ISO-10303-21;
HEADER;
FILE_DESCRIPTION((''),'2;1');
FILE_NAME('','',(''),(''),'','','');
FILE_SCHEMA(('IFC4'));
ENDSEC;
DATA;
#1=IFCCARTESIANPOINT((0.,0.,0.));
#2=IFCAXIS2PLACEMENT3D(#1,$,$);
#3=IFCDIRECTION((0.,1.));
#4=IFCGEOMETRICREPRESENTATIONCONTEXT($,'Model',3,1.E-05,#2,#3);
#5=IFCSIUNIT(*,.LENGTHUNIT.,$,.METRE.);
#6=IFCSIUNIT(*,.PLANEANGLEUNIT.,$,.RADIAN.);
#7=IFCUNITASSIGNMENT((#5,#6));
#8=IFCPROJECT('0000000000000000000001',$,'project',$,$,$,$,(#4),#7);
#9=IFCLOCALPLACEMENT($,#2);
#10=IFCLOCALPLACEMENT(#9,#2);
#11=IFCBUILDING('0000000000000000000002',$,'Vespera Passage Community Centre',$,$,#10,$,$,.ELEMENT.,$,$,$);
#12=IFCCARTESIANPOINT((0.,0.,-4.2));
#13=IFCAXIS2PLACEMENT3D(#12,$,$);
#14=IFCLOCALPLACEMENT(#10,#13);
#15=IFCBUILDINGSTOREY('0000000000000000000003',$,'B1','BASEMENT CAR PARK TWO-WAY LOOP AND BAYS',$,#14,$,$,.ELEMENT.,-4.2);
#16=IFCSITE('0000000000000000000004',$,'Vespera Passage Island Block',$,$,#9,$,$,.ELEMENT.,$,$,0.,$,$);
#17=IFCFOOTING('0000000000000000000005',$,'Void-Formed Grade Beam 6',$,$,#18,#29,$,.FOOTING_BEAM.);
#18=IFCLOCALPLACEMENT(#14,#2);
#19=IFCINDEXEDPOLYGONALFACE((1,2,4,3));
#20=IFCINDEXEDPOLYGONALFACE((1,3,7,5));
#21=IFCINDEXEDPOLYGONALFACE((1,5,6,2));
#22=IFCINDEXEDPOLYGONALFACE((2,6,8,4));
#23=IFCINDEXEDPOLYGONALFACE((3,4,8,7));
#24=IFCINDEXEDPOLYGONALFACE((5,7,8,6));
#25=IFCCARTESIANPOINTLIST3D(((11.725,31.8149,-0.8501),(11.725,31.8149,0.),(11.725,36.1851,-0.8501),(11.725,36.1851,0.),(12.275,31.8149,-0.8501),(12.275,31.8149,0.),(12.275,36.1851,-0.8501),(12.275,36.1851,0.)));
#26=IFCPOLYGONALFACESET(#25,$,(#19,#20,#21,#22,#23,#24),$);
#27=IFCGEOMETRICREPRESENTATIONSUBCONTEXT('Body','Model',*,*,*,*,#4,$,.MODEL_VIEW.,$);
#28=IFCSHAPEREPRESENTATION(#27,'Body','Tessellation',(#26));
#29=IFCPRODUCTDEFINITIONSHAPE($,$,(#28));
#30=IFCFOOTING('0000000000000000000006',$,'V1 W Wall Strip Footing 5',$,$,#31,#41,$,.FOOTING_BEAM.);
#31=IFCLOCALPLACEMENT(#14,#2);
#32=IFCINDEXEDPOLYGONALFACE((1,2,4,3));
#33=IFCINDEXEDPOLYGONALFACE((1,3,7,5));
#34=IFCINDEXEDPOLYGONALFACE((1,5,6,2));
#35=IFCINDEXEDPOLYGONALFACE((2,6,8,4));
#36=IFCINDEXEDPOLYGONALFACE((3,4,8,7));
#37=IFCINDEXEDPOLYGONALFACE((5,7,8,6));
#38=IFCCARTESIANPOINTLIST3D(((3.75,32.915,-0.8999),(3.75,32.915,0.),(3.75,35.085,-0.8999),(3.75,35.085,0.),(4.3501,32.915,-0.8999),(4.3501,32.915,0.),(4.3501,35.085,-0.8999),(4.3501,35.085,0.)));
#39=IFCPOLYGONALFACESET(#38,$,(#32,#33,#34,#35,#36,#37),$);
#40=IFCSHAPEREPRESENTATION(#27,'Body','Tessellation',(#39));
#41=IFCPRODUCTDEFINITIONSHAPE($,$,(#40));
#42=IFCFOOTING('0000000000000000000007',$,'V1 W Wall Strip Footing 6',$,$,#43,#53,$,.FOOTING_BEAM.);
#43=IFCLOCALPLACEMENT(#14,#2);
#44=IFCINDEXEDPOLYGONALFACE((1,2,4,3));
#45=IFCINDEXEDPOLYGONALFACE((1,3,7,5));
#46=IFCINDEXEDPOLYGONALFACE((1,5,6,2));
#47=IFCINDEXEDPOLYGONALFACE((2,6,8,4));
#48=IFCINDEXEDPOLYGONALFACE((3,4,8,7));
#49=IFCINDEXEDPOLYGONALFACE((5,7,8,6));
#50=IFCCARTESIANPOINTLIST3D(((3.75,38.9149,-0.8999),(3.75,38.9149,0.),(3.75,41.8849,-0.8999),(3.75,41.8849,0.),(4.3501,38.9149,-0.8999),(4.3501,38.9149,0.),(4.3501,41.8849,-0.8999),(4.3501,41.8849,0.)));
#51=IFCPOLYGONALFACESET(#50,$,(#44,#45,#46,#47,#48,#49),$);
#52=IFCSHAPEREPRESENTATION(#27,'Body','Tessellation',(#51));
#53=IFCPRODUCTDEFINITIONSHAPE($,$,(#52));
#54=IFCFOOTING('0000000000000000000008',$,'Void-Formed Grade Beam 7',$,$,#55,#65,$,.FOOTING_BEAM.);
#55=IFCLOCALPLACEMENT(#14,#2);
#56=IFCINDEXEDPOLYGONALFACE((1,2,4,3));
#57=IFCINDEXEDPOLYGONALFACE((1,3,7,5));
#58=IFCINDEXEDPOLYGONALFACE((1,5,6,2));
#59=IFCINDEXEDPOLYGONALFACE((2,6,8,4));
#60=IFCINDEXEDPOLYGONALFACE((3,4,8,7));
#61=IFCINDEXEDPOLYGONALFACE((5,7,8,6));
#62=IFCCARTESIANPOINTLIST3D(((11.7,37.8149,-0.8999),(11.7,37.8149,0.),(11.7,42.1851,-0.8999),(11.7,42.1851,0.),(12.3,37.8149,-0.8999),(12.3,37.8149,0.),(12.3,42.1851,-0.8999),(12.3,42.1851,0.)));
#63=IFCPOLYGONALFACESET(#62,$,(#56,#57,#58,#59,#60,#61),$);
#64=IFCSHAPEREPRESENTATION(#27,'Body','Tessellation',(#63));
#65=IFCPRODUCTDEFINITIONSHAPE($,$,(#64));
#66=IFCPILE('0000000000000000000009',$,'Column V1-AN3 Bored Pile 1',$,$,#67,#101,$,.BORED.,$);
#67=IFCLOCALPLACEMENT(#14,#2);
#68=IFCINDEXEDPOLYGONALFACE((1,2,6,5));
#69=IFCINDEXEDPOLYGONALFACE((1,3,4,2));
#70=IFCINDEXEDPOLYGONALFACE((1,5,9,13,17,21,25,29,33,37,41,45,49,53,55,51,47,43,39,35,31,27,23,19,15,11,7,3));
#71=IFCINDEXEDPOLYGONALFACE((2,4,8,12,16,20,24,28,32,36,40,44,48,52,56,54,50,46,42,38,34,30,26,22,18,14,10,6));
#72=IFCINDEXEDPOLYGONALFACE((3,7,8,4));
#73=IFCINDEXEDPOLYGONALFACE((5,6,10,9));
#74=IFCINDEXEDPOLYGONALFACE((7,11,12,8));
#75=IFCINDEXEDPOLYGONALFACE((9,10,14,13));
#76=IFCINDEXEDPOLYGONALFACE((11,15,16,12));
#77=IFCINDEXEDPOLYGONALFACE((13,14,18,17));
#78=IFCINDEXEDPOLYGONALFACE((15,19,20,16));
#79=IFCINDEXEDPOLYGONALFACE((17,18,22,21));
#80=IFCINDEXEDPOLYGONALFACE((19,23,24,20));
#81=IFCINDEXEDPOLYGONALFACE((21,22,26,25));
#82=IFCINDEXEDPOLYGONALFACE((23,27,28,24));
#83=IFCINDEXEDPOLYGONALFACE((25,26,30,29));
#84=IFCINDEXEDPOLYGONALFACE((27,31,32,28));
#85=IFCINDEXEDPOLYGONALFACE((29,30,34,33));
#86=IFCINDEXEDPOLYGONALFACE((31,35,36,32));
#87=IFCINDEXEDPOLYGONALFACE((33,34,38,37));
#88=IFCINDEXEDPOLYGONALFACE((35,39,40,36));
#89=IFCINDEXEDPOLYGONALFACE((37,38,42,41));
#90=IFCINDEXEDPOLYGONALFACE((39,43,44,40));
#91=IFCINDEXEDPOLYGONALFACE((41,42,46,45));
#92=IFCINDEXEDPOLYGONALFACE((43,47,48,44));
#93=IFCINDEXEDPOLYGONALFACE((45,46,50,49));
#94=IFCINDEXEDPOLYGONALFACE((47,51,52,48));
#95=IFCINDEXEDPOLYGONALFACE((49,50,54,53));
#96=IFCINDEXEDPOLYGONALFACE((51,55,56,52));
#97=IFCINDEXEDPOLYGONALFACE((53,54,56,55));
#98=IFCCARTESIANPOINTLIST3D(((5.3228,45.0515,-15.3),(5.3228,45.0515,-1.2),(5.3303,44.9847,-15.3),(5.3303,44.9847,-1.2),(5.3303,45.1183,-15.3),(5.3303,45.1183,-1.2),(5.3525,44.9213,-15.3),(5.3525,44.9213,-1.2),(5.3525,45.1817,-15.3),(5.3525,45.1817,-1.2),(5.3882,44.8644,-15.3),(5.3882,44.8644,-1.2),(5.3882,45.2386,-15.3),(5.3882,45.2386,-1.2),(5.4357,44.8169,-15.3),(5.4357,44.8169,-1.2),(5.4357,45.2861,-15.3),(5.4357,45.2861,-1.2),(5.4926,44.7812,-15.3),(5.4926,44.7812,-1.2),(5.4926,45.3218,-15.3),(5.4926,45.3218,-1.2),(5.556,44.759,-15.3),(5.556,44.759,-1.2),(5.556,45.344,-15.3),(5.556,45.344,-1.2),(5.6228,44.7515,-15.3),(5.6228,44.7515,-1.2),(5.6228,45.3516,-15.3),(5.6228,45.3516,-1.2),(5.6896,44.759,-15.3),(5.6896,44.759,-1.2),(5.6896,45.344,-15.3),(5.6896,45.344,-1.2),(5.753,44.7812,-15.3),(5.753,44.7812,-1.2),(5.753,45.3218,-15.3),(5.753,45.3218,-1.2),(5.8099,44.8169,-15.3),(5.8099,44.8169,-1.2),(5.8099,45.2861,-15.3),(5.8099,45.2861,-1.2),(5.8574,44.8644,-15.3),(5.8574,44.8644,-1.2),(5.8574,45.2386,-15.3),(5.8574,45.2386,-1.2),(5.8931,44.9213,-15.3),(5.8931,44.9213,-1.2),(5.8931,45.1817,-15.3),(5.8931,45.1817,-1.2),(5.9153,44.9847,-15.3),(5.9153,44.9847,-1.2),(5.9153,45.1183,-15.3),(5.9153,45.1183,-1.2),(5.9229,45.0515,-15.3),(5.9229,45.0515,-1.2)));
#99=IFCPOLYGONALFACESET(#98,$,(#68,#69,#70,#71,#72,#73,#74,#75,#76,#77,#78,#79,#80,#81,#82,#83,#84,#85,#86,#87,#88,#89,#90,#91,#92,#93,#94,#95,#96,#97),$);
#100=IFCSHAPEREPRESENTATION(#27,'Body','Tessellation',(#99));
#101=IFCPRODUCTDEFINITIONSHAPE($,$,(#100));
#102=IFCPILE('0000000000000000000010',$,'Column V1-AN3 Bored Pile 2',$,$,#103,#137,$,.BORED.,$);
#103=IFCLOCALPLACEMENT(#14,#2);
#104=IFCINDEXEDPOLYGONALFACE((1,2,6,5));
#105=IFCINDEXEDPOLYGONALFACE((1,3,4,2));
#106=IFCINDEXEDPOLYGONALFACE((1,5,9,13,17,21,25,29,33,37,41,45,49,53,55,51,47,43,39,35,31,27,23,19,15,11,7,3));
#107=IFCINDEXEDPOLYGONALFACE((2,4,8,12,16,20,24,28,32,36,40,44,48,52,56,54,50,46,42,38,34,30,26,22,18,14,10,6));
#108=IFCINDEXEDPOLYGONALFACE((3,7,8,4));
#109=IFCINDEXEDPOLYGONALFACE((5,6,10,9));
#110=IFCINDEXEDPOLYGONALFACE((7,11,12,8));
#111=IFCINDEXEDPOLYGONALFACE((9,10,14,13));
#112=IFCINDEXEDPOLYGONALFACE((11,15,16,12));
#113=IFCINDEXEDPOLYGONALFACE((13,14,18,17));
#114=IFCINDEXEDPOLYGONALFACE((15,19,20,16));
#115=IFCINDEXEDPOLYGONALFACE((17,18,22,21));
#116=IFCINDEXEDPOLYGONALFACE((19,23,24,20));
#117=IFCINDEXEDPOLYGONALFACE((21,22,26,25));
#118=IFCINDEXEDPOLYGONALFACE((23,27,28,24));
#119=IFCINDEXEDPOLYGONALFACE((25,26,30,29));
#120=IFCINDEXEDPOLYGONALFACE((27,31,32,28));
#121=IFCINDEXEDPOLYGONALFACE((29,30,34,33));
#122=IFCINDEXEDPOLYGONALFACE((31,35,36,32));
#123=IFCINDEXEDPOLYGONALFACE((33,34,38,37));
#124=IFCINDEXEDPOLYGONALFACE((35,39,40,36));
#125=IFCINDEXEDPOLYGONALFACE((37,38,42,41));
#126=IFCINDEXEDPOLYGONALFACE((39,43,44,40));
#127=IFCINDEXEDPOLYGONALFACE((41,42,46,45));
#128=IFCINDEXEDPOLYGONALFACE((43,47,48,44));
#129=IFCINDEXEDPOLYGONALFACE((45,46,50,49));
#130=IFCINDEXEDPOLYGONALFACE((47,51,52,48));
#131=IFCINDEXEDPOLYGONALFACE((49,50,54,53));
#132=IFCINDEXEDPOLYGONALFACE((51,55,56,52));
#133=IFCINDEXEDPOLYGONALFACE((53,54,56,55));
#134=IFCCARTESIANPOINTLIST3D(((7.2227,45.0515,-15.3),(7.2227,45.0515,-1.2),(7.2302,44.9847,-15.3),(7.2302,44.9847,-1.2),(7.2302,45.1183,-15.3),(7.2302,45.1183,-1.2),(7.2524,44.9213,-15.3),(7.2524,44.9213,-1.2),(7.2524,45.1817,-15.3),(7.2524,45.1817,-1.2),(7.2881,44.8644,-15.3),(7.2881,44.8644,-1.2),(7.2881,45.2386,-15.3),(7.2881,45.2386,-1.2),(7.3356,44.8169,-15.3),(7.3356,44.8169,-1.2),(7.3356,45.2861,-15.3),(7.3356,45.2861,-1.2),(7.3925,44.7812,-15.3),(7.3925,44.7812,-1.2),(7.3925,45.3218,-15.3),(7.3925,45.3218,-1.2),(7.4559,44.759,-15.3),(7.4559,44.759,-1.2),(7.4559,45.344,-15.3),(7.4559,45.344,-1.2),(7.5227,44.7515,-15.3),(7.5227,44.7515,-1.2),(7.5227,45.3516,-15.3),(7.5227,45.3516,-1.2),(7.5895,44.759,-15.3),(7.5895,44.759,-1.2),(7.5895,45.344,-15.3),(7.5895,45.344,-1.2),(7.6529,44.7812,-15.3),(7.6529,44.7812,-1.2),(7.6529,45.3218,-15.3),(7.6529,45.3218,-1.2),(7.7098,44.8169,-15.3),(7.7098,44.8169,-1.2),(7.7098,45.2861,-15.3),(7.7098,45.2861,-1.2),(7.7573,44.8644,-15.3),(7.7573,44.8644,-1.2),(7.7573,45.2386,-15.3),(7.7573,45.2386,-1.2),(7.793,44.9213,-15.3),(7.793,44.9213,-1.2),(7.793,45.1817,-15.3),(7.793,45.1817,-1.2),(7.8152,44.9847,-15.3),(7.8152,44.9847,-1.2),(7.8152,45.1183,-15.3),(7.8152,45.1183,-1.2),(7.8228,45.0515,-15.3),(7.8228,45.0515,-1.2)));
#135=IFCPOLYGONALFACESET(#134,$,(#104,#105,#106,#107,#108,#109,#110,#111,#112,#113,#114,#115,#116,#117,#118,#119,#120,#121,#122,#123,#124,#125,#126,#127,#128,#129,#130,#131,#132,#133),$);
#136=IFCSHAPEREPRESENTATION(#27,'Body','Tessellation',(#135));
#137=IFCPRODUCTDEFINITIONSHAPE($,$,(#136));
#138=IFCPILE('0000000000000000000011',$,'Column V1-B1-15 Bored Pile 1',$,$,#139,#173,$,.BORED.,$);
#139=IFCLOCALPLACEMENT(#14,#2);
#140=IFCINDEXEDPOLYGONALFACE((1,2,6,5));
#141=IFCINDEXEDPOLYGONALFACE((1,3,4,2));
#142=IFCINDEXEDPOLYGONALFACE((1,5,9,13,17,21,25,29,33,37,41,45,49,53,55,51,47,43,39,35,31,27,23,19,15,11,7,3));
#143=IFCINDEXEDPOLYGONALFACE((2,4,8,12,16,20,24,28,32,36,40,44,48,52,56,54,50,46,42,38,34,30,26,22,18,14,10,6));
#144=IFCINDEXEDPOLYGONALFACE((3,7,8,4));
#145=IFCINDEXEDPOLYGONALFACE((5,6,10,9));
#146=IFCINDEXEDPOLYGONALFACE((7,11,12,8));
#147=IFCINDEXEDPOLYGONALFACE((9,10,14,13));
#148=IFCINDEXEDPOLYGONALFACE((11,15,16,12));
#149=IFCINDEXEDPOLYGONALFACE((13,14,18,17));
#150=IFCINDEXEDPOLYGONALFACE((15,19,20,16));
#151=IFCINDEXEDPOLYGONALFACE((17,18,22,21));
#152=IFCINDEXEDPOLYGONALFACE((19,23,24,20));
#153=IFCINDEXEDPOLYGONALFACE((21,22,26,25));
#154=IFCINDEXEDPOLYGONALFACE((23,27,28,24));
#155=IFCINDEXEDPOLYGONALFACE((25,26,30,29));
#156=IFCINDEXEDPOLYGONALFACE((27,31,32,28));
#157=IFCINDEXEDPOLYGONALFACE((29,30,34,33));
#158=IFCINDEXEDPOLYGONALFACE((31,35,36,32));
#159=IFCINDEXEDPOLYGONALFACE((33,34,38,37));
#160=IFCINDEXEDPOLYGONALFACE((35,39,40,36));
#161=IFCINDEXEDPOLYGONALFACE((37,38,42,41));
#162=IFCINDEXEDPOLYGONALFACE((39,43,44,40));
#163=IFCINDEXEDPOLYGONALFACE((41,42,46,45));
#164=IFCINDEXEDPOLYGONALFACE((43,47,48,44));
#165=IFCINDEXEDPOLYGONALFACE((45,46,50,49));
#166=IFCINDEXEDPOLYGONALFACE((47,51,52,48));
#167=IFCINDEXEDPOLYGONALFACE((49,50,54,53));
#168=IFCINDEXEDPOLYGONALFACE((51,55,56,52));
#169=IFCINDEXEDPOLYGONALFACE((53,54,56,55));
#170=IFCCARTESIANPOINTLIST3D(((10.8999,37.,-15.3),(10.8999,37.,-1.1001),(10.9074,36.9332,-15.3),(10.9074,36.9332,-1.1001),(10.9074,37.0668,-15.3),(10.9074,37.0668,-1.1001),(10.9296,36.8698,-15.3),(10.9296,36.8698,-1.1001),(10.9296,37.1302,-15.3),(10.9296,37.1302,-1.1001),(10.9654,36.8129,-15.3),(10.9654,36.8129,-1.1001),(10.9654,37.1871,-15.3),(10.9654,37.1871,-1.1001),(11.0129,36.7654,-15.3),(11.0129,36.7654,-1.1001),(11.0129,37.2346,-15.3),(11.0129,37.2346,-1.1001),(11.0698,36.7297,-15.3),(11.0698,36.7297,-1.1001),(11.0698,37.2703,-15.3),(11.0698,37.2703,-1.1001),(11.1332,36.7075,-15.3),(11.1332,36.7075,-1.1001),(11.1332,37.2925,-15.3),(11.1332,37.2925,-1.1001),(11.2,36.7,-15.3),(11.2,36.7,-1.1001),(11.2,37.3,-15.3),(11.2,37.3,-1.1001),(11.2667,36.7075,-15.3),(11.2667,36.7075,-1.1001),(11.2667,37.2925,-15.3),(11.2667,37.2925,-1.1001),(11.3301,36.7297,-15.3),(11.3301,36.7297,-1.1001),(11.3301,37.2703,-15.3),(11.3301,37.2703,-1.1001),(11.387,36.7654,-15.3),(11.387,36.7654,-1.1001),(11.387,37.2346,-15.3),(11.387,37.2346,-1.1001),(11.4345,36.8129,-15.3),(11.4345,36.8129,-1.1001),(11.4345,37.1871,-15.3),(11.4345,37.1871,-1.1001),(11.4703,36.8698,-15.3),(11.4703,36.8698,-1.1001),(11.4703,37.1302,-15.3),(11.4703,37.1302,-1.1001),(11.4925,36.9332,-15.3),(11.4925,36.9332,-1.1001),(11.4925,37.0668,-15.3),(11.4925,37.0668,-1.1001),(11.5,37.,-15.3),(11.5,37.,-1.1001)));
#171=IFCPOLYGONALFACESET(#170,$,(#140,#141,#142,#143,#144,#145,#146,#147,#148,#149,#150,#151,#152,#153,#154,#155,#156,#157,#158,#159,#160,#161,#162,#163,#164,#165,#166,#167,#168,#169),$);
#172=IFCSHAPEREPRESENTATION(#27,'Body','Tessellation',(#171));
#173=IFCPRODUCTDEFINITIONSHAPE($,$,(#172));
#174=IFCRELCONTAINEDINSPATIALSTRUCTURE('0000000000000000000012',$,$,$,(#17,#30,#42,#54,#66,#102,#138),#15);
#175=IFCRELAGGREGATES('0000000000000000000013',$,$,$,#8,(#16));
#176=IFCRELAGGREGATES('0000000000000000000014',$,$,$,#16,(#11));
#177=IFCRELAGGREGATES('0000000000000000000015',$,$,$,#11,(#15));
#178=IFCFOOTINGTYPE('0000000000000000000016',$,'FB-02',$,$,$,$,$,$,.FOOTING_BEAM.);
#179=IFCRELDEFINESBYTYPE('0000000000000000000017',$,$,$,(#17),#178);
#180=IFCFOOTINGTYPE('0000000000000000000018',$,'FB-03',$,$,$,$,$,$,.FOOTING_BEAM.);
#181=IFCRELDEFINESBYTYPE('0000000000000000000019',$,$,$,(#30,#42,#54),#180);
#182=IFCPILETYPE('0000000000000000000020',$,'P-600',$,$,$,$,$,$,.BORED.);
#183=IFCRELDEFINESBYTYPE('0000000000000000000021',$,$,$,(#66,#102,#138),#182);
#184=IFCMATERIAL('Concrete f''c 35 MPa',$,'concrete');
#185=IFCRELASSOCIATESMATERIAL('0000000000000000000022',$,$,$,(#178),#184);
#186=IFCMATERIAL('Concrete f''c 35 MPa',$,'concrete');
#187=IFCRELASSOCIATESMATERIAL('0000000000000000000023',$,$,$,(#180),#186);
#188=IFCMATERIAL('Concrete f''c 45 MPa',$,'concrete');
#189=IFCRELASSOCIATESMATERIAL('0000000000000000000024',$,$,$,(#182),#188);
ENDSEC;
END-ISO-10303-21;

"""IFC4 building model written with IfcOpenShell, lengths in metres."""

from ifc_helpers import new_model, si_unit, direction, frame, origin, origin_2d, place, context, subcontext, project, spatial, rectangle, circle, extrude, material, material_profile, profile_set, type_object, element, save


model = new_model("IFC4")

# Units and contexts
model_context = context("Model", 3, precision=1e-05, world=origin(), true_north=direction((0.0, 1.0)))
body_context = subcontext(model_context, "Body", "Model", "MODEL_VIEW")
ifc_project = project(units=[si_unit("LENGTHUNIT", "METRE"), si_unit("PLANEANGLEUNIT", "RADIAN")], contexts=[model_context])

# Site, building, storey
site_placement = place(None, origin())
site = spatial("IfcSite", under=ifc_project, at=site_placement, Name="Vespera Passage Island Block", CompositionType="ELEMENT", RefElevation=0.0)
building_placement = place(site_placement, origin())
building = spatial("IfcBuilding", under=site, at=building_placement, Name="Vespera Passage Community Centre", CompositionType="ELEMENT")
storey_placement = place(building_placement, frame((0.0, 0.0, -4.2)))
storey = spatial("IfcBuildingStorey", under=building, at=storey_placement, Name="B1", Description="BASEMENT CAR PARK TWO-WAY LOOP AND BAYS", CompositionType="ELEMENT", Elevation=-4.2)

# Footings
ifc_material_1 = material(Name="Concrete f'c 35 MPa", Category="concrete")
footing_type_1 = type_object("IfcFootingType", Name="FB-02", PredefinedType="FOOTING_BEAM", material=ifc_material_1)
footing_1_placement = place(storey_placement, frame((12.0, 34.0, -0.8501), z_axis=(0.0, 0.0, 1.0), x_axis=(0.0, 1.0, 0.0)))
element("IfcFooting", 1, at=footing_1_placement, inside=storey, type_object=footing_type_1, Name="Void-Formed Grade Beam 6", PredefinedType="FOOTING_BEAM", context=body_context, shape_type="SweptSolid", body=[
    extrude(rectangle(XDim=4.3701, YDim=0.55, at=origin_2d()), origin(), (0.0, 0.0, 1.0), 0.8501),
])
ifc_material_2 = material(Name="Concrete f'c 35 MPa", Category="concrete")
footing_type_2 = type_object("IfcFootingType", Name="FB-03", PredefinedType="FOOTING_BEAM", material=ifc_material_2)
footing_2_placement = place(storey_placement, frame((4.05, 34.0, -0.8999), z_axis=(0.0, 0.0, 1.0), x_axis=(0.0, 1.0, 0.0)))
element("IfcFooting", 2, at=footing_2_placement, inside=storey, type_object=footing_type_2, Name="V1 W Wall Strip Footing 5", PredefinedType="FOOTING_BEAM", context=body_context, shape_type="SweptSolid", body=[
    extrude(rectangle(XDim=2.1699, YDim=0.6001, at=origin_2d()), origin(), (0.0, 0.0, 1.0), 0.8999),
])
footing_3_placement = place(storey_placement, frame((4.05, 40.3999, -0.8999), z_axis=(0.0, 0.0, 1.0), x_axis=(0.0, 1.0, 0.0)))
element("IfcFooting", 3, at=footing_3_placement, inside=storey, type_object=footing_type_2, Name="V1 W Wall Strip Footing 6", PredefinedType="FOOTING_BEAM", context=body_context, shape_type="SweptSolid", body=[
    extrude(rectangle(XDim=2.97, YDim=0.6001, at=origin_2d()), origin(), (0.0, 0.0, 1.0), 0.8999),
])
footing_4_placement = place(storey_placement, frame((12.0, 40.0, -0.8999), z_axis=(0.0, 0.0, 1.0), x_axis=(0.0, 1.0, 0.0)))
element("IfcFooting", 4, at=footing_4_placement, inside=storey, type_object=footing_type_2, Name="Void-Formed Grade Beam 7", PredefinedType="FOOTING_BEAM", context=body_context, shape_type="SweptSolid", body=[
    extrude(rectangle(XDim=4.3701, YDim=0.6001, at=origin_2d()), origin(), (0.0, 0.0, 1.0), 0.8999),
])

# Piles
ifc_material_3 = material(Name="Concrete f'c 45 MPa", Category="concrete")
ifc_material_profile_1 = material_profile(ifc_material_3, circle(Radius=0.3, at=origin_2d()), Name="PILE600DIA")
ifc_profile_set_1 = profile_set([ifc_material_profile_1], Name="Concrete f'c 45 MPa")
pile_type_1 = type_object("IfcPileType", Name="P-600", PredefinedType="BORED", material=ifc_profile_set_1)
for number, where, z_axis, x_axis, name in (
    (5, (5.6228, 45.0515, -1.2), (0.0, 0.0, -1.0), (1.0, 0.0, 0.0), "Column V1-AN3 Bored Pile 1"),
    (6, (7.5227, 45.0515, -1.2), (0.0, 0.0, -1.0), (1.0, 0.0, 0.0), "Column V1-AN3 Bored Pile 2"),
):
    element("IfcPile", number, at=place(storey_placement, frame(where, z_axis=z_axis, x_axis=x_axis)), inside=storey, type_object=pile_type_1, Name=name, PredefinedType="BORED", context=body_context, shape_type="SweptSolid", body=[
        extrude(circle(Radius=0.3, at=origin_2d()), origin(), (0.0, 0.0, 1.0), 14.1001),
    ])
for number, where, z_axis, x_axis, name in (
    (7, (11.2, 37.0, -1.1001), (0.0, 0.0, -1.0), (1.0, 0.0, 0.0), "Column V1-B1-15 Bored Pile 1"),
):
    element("IfcPile", number, at=place(storey_placement, frame(where, z_axis=z_axis, x_axis=x_axis)), inside=storey, type_object=pile_type_1, Name=name, PredefinedType="BORED", context=body_context, shape_type="SweptSolid", body=[
        extrude(circle(Radius=0.3, at=origin_2d()), origin(), (0.0, 0.0, 1.0), 14.2),
    ])

save(model, "model.ifc")
